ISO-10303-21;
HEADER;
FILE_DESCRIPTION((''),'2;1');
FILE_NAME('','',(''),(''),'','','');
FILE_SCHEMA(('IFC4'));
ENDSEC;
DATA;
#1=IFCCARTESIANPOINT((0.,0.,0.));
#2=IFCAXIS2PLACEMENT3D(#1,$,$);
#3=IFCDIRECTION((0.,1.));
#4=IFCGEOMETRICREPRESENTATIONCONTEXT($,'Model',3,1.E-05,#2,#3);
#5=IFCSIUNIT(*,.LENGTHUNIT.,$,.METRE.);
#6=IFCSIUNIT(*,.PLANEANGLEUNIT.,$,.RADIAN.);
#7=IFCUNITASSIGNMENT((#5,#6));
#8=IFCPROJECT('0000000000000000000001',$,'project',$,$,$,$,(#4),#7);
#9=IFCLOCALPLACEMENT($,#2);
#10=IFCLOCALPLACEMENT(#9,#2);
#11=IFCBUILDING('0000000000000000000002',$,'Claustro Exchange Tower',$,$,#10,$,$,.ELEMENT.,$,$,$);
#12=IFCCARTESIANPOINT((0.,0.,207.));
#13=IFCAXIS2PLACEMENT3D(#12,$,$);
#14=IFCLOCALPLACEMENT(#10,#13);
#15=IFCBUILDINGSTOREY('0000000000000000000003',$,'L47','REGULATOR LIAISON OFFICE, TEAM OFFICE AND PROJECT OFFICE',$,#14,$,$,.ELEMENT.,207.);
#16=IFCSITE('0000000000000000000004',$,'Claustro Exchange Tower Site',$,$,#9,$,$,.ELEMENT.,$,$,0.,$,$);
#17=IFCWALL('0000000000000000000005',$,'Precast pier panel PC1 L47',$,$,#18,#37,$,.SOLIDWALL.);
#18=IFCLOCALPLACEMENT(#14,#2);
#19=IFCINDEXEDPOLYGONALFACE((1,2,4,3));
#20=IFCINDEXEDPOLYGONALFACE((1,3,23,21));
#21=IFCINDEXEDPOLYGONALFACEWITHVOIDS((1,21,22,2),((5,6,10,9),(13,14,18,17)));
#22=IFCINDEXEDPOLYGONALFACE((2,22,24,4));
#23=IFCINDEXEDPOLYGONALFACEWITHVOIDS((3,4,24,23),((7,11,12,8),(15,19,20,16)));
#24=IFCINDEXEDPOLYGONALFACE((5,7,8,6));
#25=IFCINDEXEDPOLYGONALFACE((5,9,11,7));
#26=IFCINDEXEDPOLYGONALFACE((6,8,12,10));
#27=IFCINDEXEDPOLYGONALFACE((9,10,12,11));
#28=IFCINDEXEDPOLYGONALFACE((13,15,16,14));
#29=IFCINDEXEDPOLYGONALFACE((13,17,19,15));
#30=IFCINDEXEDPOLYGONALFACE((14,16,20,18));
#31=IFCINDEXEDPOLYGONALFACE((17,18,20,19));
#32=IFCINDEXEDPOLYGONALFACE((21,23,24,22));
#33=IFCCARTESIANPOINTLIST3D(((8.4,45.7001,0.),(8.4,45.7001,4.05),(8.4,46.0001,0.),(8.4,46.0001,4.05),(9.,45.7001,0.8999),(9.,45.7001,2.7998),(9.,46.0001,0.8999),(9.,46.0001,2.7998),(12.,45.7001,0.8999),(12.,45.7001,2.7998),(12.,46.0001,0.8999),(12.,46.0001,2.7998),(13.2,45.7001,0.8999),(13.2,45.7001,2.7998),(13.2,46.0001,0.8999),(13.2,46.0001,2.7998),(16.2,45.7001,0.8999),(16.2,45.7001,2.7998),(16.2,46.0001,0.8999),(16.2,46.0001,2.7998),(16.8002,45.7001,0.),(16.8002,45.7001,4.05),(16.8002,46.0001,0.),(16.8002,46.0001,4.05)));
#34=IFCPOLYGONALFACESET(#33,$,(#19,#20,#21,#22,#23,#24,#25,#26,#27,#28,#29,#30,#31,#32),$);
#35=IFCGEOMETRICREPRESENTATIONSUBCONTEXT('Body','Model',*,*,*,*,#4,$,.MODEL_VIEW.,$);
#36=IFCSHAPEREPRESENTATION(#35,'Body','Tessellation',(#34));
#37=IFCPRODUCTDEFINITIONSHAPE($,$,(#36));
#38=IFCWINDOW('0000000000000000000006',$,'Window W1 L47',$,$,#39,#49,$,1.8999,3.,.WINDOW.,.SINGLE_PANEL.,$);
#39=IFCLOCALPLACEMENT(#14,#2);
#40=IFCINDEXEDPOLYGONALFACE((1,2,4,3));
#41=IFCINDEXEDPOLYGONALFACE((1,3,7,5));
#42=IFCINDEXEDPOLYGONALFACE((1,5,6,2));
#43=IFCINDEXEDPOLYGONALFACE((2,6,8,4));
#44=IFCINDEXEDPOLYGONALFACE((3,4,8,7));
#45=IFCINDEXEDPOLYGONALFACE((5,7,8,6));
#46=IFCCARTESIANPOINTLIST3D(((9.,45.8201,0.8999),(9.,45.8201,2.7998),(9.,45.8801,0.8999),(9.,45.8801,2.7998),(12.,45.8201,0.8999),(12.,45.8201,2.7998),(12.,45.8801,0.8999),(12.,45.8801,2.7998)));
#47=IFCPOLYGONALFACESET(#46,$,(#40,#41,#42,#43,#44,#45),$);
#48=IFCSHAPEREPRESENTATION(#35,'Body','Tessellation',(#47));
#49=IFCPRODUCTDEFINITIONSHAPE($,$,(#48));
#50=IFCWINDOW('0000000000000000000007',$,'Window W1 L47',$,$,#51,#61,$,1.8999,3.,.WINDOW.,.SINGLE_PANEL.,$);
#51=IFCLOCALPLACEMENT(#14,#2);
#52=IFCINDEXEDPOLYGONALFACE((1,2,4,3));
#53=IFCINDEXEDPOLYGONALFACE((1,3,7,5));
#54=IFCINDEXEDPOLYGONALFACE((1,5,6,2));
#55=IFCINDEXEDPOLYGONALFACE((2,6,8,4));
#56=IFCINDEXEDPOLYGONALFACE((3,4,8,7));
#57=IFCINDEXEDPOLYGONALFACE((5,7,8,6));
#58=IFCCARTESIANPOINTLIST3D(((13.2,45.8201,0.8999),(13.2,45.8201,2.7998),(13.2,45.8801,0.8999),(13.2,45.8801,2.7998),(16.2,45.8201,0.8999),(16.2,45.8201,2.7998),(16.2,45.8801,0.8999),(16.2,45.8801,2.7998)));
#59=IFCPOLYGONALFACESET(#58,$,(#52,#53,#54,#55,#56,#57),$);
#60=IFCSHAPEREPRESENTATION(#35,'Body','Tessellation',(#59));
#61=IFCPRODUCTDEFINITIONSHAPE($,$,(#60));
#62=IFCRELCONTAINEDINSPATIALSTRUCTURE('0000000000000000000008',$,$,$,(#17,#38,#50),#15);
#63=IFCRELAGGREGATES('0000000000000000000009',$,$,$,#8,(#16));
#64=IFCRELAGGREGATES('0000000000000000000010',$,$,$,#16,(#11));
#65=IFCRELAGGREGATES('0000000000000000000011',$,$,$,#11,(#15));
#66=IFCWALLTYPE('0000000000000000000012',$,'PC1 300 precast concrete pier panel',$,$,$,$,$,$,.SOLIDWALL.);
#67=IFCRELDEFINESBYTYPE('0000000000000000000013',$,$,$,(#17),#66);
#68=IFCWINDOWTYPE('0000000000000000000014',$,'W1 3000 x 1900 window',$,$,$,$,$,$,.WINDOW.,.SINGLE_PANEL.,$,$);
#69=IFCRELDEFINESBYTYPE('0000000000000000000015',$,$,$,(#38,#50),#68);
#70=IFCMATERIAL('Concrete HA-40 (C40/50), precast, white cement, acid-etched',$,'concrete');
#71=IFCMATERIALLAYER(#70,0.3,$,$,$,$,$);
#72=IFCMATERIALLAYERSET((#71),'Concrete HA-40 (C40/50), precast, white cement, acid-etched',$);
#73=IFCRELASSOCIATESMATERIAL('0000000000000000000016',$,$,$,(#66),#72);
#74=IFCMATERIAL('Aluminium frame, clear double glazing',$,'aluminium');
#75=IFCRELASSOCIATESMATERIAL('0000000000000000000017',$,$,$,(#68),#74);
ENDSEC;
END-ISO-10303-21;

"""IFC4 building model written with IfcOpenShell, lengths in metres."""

from ifc_helpers import new_model, si_unit, direction, frame, frame_2d, origin, place, context, subcontext, project, spatial, rectangle, extrude, material, layer, layer_set, type_object, element, fill, save


model = new_model("IFC4")

# Units and contexts
model_context = context("Model", 3, precision=1e-05, world=origin(), true_north=direction((0.0, 1.0)))
body_context = subcontext(model_context, "Body", "Model", "MODEL_VIEW")
ifc_project = project(units=[si_unit("LENGTHUNIT", "METRE"), si_unit("PLANEANGLEUNIT", "RADIAN")], contexts=[model_context])

# Site, building, storey
site_placement = place(None, origin())
site = spatial("IfcSite", under=ifc_project, at=site_placement, Name="Claustro Exchange Tower Site", CompositionType="ELEMENT", RefElevation=0.0)
building_placement = place(site_placement, origin())
building = spatial("IfcBuilding", under=site, at=building_placement, Name="Claustro Exchange Tower", CompositionType="ELEMENT")
storey_placement = place(building_placement, frame((0.0, 0.0, 207.0)))
storey = spatial("IfcBuildingStorey", under=building, at=storey_placement, Name="L47", Description="REGULATOR LIAISON OFFICE, TEAM OFFICE AND PROJECT OFFICE", CompositionType="ELEMENT", Elevation=207.0)

# Wall, openings, windows
ifc_material_1 = material(Name="Concrete HA-40 (C40/50), precast, white cement, acid-etched", Category="concrete")
ifc_layer_1 = layer(ifc_material_1, 0.3)
ifc_layer_set_1 = layer_set([ifc_layer_1], Name="Concrete HA-40 (C40/50), precast, white cement, acid-etched")
wall_type_1 = type_object("IfcWallType", Name="PC1 300 precast concrete pier panel", PredefinedType="SOLIDWALL", material=ifc_layer_set_1)
wall_1_placement = place(storey_placement, frame((8.3999, 45.8501, 0.0), z_axis=(0.0, 0.0, 1.0), x_axis=(1.0, 0.0, 0.0)))
wall_1 = element("IfcWall", 1, at=wall_1_placement, inside=storey, type_object=wall_type_1, Name="Precast pier panel PC1 L47", PredefinedType="SOLIDWALL", context=body_context, shape_type="SweptSolid", body=[
    extrude(rectangle(XDim=8.4001, YDim=0.3, at=frame_2d((4.2002, 0.0))), origin(), (0.0, 0.0, 1.0), 4.05),
])
opening_1_placement = place(wall_1_placement, frame((0.6001, 0.0, 0.8999)))
opening_1 = element("IfcOpeningElement", 2, at=opening_1_placement, cuts=wall_1, PredefinedType="OPENING", context=body_context, shape_type="SweptSolid", body=[
    extrude(rectangle(XDim=3.0, YDim=1.8999, at=frame_2d((1.5, 0.95))), frame((0.0, 0.1599, 0.0), z_axis=(0.0, -1.0, 0.0), x_axis=(1.0, 0.0, 0.0)), (0.0, 0.0, 1.0), 0.3201),
])
opening_2_placement = place(wall_1_placement, frame((4.8, 0.0, 0.8999)))
opening_2 = element("IfcOpeningElement", 3, at=opening_2_placement, cuts=wall_1, PredefinedType="OPENING", context=body_context, shape_type="SweptSolid", body=[
    extrude(rectangle(XDim=3.0, YDim=1.8999, at=frame_2d((1.5, 0.95))), frame((0.0, 0.1599, 0.0), z_axis=(0.0, -1.0, 0.0), x_axis=(1.0, 0.0, 0.0)), (0.0, 0.0, 1.0), 0.3201),
])
ifc_material_2 = material(Name="Aluminium frame, clear double glazing", Category="aluminium")
window_type = type_object("IfcWindowType", Name="W1 3000 x 1900 window", PartitioningType="SINGLE_PANEL", PredefinedType="WINDOW", material=ifc_material_2)
window_1_placement = place(opening_1_placement, origin())
window_1 = element("IfcWindow", 4, at=window_1_placement, inside=storey, type_object=window_type, Name="Window W1 L47", OverallHeight=1.8999, OverallWidth=3.0, PartitioningType="SINGLE_PANEL", PredefinedType="WINDOW", context=body_context, shape_type="SweptSolid", body=[
    extrude(rectangle(XDim=3.0, YDim=1.8999, at=frame_2d((1.5, 0.95))), frame((0.0, 0.03, 0.0), z_axis=(0.0, -1.0, 0.0), x_axis=(1.0, 0.0, 0.0)), (0.0, 0.0, 1.0), 0.0601),
])
fill(opening_1, window_1)
window_2_placement = place(opening_2_placement, origin())
window_2 = element("IfcWindow", 5, at=window_2_placement, inside=storey, type_object=window_type, Name="Window W1 L47", OverallHeight=1.8999, OverallWidth=3.0, PartitioningType="SINGLE_PANEL", PredefinedType="WINDOW", context=body_context, shape_type="SweptSolid", body=[
    extrude(rectangle(XDim=3.0, YDim=1.8999, at=frame_2d((1.5, 0.95))), frame((0.0, 0.03, 0.0), z_axis=(0.0, -1.0, 0.0), x_axis=(1.0, 0.0, 0.0)), (0.0, 0.0, 1.0), 0.0601),
])
fill(opening_2, window_2)

save(model, "model.ifc")
